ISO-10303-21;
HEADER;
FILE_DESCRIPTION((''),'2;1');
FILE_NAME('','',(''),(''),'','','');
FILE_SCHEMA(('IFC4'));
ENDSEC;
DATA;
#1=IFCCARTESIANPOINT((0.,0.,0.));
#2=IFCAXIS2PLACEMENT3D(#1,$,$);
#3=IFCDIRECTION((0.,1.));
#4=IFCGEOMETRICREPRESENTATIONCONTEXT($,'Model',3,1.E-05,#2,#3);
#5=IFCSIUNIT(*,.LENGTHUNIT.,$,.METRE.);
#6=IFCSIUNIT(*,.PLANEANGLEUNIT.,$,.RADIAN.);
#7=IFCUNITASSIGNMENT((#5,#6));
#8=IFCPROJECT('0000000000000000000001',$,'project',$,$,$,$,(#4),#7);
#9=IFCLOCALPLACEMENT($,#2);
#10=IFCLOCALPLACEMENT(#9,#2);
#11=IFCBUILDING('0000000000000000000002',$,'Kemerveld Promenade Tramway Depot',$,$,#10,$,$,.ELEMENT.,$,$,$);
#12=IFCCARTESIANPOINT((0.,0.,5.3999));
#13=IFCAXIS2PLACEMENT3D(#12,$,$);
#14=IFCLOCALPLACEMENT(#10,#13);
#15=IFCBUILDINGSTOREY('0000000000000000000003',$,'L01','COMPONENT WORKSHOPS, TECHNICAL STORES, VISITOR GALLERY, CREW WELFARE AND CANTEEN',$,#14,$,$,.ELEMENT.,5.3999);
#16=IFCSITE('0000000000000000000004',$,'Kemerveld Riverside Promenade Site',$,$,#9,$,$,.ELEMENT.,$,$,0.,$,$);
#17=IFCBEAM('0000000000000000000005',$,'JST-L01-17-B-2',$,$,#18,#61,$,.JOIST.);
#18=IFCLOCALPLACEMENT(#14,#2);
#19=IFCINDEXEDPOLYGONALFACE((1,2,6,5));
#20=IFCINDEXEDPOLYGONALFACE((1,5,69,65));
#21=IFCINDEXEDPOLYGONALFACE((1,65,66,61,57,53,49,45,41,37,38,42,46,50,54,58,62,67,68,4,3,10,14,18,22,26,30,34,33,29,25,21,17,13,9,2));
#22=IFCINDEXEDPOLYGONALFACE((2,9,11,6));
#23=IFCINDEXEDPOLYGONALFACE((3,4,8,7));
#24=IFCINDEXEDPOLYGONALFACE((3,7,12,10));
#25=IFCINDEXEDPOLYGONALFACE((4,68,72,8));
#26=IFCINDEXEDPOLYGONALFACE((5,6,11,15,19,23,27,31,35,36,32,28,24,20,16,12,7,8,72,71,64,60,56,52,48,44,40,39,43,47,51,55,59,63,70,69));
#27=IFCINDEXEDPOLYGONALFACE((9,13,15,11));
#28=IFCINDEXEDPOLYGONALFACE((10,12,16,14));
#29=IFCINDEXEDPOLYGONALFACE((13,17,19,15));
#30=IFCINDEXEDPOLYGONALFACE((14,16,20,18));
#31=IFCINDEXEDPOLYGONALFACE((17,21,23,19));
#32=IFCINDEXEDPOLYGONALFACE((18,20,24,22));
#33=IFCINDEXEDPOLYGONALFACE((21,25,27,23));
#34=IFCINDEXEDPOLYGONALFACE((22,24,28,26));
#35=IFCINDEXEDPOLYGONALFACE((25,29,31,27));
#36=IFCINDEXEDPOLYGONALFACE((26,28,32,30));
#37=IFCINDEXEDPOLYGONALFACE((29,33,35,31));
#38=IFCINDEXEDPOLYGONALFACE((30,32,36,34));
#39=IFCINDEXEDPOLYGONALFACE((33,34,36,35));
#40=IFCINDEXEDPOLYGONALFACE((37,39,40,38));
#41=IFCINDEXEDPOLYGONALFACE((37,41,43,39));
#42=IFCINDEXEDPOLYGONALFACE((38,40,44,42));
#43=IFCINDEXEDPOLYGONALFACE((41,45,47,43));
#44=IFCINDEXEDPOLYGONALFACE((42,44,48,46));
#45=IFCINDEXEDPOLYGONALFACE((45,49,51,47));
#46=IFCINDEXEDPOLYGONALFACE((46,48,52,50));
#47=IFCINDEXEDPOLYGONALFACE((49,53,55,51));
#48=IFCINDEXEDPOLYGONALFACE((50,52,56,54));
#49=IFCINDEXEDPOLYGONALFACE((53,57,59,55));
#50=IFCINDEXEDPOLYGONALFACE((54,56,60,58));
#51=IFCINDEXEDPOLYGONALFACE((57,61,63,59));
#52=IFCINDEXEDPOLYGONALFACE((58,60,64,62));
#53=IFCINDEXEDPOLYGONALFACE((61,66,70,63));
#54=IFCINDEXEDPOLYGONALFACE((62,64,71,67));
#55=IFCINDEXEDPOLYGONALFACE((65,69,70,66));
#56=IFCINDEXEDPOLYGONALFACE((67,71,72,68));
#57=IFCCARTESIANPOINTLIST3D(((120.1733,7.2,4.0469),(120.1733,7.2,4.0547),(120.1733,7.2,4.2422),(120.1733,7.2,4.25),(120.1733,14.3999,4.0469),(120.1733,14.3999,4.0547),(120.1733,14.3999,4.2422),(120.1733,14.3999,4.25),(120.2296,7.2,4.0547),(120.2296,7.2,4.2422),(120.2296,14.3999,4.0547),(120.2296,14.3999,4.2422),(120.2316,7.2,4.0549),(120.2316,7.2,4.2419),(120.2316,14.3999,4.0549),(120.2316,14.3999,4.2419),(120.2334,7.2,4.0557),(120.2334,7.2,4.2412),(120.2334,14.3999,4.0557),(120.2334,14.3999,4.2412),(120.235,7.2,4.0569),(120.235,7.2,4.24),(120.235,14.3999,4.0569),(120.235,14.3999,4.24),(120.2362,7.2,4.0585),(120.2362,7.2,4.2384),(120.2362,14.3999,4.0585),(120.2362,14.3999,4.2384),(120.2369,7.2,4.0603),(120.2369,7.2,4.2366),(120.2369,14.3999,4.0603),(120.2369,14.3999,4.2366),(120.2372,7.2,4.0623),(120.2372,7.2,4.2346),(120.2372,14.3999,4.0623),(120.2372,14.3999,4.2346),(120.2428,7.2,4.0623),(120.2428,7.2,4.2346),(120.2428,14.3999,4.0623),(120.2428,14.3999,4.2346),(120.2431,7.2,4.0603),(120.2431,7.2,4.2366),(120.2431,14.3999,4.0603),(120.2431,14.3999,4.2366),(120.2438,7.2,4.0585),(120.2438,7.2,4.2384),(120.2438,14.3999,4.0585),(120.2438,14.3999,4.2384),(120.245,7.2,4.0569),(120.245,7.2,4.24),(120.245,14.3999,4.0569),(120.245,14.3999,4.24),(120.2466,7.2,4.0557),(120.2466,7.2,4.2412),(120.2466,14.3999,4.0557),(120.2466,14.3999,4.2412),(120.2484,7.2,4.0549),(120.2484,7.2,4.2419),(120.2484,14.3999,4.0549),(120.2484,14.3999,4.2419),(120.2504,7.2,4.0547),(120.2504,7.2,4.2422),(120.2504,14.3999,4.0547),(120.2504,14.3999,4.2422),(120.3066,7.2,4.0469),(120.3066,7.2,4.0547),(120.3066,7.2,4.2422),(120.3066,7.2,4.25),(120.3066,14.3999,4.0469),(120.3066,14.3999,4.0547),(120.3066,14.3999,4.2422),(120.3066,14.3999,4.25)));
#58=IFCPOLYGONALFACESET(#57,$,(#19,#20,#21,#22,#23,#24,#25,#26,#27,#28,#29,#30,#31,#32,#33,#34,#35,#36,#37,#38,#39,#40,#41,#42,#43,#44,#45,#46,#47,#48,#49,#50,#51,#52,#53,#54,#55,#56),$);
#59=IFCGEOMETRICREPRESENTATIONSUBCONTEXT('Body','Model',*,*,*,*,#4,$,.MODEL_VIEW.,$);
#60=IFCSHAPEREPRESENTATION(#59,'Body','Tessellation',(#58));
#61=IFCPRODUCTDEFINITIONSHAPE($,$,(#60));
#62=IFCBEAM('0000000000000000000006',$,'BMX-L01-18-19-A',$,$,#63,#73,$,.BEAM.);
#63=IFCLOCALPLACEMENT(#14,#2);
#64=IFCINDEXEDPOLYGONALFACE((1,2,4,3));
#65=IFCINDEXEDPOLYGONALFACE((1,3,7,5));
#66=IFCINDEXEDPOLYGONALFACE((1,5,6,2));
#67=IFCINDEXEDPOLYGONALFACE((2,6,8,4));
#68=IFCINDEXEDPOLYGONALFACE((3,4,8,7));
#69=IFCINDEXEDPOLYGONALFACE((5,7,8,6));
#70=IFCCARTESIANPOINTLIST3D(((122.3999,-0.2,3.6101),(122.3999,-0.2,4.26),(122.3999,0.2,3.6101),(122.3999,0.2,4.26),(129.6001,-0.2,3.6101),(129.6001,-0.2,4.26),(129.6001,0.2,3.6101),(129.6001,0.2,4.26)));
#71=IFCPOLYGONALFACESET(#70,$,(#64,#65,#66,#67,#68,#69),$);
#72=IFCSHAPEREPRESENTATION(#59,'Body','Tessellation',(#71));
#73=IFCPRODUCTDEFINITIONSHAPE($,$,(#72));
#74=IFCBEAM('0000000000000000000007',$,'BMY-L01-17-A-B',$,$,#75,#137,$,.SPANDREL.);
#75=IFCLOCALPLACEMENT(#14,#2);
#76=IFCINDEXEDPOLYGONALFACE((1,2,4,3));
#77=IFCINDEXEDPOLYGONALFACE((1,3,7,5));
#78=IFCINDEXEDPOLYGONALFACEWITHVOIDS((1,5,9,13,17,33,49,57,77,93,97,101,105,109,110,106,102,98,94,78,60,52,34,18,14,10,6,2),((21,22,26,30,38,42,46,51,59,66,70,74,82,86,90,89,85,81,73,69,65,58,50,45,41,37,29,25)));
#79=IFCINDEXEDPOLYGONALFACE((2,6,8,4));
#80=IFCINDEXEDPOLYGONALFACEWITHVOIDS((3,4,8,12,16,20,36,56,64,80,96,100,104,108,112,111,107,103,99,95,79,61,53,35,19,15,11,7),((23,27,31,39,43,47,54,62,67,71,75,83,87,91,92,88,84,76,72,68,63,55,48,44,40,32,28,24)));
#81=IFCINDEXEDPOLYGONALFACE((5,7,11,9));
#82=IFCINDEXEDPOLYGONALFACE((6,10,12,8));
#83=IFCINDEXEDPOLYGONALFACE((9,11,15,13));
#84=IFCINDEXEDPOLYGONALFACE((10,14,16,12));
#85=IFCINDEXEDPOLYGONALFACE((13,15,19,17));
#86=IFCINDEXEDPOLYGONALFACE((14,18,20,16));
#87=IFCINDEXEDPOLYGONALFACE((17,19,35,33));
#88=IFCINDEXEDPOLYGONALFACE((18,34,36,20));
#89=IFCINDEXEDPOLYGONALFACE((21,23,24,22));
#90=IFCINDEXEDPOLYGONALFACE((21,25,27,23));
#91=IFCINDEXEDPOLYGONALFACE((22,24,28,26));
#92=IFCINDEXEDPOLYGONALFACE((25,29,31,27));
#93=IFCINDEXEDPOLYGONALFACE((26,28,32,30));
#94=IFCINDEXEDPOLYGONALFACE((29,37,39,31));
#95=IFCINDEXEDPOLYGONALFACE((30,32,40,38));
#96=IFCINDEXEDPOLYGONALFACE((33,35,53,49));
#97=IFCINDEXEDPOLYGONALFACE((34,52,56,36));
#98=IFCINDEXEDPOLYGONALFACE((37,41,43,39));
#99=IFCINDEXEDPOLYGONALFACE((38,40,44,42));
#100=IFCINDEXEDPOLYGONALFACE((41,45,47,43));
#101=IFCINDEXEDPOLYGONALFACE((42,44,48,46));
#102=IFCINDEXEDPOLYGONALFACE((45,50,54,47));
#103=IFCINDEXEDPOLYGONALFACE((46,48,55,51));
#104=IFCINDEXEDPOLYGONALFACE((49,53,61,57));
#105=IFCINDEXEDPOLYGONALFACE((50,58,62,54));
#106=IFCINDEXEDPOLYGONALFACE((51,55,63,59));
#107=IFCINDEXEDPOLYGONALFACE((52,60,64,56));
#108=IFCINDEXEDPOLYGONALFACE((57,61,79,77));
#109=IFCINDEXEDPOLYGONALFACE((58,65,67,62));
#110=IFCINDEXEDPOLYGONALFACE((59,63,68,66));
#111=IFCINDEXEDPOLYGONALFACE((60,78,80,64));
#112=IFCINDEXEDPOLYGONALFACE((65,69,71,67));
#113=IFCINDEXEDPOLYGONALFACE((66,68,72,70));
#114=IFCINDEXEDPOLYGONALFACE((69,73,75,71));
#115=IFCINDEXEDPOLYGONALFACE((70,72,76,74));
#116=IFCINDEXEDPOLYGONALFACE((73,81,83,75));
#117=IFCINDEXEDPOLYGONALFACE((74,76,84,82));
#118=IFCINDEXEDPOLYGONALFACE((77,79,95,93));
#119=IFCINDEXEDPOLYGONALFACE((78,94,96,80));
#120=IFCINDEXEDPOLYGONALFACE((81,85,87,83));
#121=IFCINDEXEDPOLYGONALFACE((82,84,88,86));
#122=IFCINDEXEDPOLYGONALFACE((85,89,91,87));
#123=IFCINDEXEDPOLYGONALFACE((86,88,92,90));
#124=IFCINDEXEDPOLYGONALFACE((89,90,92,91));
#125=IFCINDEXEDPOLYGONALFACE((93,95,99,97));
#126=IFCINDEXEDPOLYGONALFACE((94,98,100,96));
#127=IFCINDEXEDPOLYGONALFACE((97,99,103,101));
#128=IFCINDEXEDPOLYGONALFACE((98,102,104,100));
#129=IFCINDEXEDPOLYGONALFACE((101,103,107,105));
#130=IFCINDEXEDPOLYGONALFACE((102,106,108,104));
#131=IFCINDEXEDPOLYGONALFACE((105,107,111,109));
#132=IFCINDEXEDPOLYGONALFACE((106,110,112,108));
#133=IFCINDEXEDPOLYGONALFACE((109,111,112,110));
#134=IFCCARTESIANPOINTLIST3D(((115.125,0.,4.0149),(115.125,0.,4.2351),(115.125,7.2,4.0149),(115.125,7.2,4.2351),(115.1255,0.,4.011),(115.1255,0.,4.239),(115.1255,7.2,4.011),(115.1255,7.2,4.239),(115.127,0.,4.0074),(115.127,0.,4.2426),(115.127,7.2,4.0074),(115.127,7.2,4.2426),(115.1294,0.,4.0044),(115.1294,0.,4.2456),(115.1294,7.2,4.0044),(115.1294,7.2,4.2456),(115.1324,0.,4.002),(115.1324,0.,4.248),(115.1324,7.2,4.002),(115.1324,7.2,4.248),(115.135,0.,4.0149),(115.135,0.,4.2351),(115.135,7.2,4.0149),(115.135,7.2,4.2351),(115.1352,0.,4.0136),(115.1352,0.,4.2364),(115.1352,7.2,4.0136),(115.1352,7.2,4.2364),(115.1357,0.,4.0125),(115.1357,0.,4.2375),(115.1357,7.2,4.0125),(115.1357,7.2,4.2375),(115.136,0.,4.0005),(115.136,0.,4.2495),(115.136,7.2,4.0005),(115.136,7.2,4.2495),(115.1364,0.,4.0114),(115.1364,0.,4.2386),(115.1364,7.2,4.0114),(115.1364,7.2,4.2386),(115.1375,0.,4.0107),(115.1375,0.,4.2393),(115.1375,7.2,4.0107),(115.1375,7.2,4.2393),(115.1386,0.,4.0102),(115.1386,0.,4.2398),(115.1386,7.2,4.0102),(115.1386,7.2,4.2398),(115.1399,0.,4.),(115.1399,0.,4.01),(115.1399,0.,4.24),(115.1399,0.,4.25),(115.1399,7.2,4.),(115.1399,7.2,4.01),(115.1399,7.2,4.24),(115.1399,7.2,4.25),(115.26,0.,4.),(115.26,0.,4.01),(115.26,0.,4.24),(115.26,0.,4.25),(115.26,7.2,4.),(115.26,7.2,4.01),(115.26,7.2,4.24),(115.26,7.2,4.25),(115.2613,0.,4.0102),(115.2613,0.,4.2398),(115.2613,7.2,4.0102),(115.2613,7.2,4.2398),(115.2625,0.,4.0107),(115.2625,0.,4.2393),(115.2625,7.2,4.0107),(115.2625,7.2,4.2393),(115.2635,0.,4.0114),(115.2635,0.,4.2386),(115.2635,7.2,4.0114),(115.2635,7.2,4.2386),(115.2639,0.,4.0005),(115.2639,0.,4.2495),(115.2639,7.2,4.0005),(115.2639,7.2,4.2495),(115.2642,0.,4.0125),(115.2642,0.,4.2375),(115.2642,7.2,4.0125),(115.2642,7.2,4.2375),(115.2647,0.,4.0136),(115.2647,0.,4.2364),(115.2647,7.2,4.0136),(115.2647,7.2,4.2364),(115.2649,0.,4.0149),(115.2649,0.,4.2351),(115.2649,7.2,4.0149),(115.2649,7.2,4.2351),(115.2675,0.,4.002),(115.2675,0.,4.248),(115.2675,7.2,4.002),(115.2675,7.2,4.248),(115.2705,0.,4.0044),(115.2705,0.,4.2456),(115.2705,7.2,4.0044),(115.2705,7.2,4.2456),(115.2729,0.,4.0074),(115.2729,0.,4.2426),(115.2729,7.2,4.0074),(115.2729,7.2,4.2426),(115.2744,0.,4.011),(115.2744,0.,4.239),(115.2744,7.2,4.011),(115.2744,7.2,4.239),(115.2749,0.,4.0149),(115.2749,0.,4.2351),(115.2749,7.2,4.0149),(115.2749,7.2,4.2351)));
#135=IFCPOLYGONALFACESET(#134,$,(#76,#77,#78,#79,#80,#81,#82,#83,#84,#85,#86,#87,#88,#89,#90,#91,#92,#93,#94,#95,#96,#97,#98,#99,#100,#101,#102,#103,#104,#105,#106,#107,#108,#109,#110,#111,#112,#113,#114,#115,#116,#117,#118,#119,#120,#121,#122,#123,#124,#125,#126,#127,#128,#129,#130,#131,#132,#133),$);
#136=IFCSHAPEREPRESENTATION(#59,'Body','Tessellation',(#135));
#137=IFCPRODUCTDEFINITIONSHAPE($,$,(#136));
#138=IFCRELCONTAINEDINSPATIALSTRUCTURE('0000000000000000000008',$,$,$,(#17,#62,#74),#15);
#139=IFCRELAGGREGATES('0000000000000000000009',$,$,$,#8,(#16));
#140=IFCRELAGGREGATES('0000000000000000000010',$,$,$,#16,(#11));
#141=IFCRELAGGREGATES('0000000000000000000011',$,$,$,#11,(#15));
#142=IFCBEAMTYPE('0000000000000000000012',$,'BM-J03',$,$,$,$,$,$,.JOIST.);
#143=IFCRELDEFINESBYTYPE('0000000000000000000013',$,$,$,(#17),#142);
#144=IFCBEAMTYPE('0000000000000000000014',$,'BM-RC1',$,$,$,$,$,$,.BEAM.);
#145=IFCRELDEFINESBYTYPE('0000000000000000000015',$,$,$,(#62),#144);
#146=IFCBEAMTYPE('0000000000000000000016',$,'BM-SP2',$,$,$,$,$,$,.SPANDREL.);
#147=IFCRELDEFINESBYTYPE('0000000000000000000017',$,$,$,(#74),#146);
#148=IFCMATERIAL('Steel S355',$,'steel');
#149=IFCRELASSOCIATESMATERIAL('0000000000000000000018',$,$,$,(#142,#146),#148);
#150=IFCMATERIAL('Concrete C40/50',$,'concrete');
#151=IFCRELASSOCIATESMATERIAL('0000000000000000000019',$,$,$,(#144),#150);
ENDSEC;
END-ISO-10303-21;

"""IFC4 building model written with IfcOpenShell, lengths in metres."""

from ifc_helpers import new_model, si_unit, direction, frame, origin, origin_2d, place, context, subcontext, project, spatial, rectangle, hollow_rectangle, i_section, extrude, material, material_profile, profile_set, type_object, element, save


model = new_model("IFC4")

# Units and contexts
model_context = context("Model", 3, precision=1e-05, world=origin(), true_north=direction((0.0, 1.0)))
body_context = subcontext(model_context, "Body", "Model", "MODEL_VIEW")
ifc_project = project(units=[si_unit("LENGTHUNIT", "METRE"), si_unit("PLANEANGLEUNIT", "RADIAN")], contexts=[model_context])

# Site, building, storey
site_placement = place(None, origin())
site = spatial("IfcSite", under=ifc_project, at=site_placement, Name="Kemerveld Riverside Promenade Site", CompositionType="ELEMENT", RefElevation=0.0)
building_placement = place(site_placement, origin())
building = spatial("IfcBuilding", under=site, at=building_placement, Name="Kemerveld Promenade Tramway Depot", CompositionType="ELEMENT")
storey_placement = place(building_placement, frame((0.0, 0.0, 5.3999)))
storey = spatial("IfcBuildingStorey", under=building, at=storey_placement, Name="L01", Description="COMPONENT WORKSHOPS, TECHNICAL STORES, VISITOR GALLERY, CREW WELFARE AND CANTEEN", CompositionType="ELEMENT", Elevation=5.3999)

# Shared definitions
ifc_material_1 = material(Name="Steel S355", Category="steel")

# Beams
ifc_material_profile_1 = material_profile(ifc_material_1, i_section(OverallWidth=0.1333, OverallDepth=0.2031, WebThickness=0.0056, FlangeThickness=0.0078, FilletRadius=0.0076, at=origin_2d()), Name="203x133x25 UB")
ifc_profile_set_1 = profile_set([ifc_material_profile_1], Name="Steel S355")
beam_type_1 = type_object("IfcBeamType", Name="BM-J03", PredefinedType="JOIST", material=ifc_profile_set_1)
for number, where, z_axis, x_axis, name in (
    (1, (120.24, 7.2, 4.1484), (0.0, 1.0, 0.0), (-1.0, 0.0, 0.0), "JST-L01-17-B-2"),
):
    element("IfcBeam", number, at=place(storey_placement, frame(where, z_axis=z_axis, x_axis=x_axis)), inside=storey, type_object=beam_type_1, Name=name, PredefinedType="JOIST", context=body_context, shape_type="SweptSolid", body=[
        extrude(i_section(OverallWidth=0.1333, OverallDepth=0.2031, WebThickness=0.0056, FlangeThickness=0.0078, FilletRadius=0.0076, at=origin_2d()), origin(), (0.0, 0.0, 1.0), 7.2),
    ])
ifc_material_2 = material(Name="Concrete C40/50", Category="concrete")
ifc_material_profile_2 = material_profile(ifc_material_2, rectangle(XDim=0.3999, YDim=0.6499, at=origin_2d()), Name="RC-BM-400x650")
ifc_profile_set_2 = profile_set([ifc_material_profile_2], Name="Concrete C40/50")
beam_type_2 = type_object("IfcBeamType", Name="BM-RC1", PredefinedType="BEAM", material=ifc_profile_set_2)
beam_1_placement = place(storey_placement, frame((122.3999, 0.0, 3.9351), z_axis=(1.0, 0.0, 0.0), x_axis=(0.0, 1.0, 0.0)))
element("IfcBeam", 2, at=beam_1_placement, inside=storey, type_object=beam_type_2, Name="BMX-L01-18-19-A", PredefinedType="BEAM", context=body_context, shape_type="SweptSolid", body=[
    extrude(rectangle(XDim=0.3999, YDim=0.6499, at=origin_2d()), origin(), (0.0, 0.0, 1.0), 7.2002),
])
ifc_material_profile_3 = material_profile(ifc_material_1, hollow_rectangle(XDim=0.1499, YDim=0.25, WallThickness=0.01, InnerFilletRadius=0.0049, OuterFilletRadius=0.0149, at=origin_2d()), Name="250x150x10.0 RHS")
ifc_profile_set_3 = profile_set([ifc_material_profile_3], Name="Steel S355")
beam_type_3 = type_object("IfcBeamType", Name="BM-SP2", PredefinedType="SPANDREL", material=ifc_profile_set_3)
beam_2_placement = place(storey_placement, frame((115.2, 0.0, 4.125), z_axis=(0.0, 1.0, 0.0), x_axis=(-1.0, 0.0, 0.0)))
element("IfcBeam", 3, at=beam_2_placement, inside=storey, type_object=beam_type_3, Name="BMY-L01-17-A-B", PredefinedType="SPANDREL", context=body_context, shape_type="SweptSolid", body=[
    extrude(hollow_rectangle(XDim=0.1499, YDim=0.25, WallThickness=0.01, InnerFilletRadius=0.0049, OuterFilletRadius=0.0149, at=origin_2d()), origin(), (0.0, 0.0, 1.0), 7.2),
])

save(model, "model.ifc")
